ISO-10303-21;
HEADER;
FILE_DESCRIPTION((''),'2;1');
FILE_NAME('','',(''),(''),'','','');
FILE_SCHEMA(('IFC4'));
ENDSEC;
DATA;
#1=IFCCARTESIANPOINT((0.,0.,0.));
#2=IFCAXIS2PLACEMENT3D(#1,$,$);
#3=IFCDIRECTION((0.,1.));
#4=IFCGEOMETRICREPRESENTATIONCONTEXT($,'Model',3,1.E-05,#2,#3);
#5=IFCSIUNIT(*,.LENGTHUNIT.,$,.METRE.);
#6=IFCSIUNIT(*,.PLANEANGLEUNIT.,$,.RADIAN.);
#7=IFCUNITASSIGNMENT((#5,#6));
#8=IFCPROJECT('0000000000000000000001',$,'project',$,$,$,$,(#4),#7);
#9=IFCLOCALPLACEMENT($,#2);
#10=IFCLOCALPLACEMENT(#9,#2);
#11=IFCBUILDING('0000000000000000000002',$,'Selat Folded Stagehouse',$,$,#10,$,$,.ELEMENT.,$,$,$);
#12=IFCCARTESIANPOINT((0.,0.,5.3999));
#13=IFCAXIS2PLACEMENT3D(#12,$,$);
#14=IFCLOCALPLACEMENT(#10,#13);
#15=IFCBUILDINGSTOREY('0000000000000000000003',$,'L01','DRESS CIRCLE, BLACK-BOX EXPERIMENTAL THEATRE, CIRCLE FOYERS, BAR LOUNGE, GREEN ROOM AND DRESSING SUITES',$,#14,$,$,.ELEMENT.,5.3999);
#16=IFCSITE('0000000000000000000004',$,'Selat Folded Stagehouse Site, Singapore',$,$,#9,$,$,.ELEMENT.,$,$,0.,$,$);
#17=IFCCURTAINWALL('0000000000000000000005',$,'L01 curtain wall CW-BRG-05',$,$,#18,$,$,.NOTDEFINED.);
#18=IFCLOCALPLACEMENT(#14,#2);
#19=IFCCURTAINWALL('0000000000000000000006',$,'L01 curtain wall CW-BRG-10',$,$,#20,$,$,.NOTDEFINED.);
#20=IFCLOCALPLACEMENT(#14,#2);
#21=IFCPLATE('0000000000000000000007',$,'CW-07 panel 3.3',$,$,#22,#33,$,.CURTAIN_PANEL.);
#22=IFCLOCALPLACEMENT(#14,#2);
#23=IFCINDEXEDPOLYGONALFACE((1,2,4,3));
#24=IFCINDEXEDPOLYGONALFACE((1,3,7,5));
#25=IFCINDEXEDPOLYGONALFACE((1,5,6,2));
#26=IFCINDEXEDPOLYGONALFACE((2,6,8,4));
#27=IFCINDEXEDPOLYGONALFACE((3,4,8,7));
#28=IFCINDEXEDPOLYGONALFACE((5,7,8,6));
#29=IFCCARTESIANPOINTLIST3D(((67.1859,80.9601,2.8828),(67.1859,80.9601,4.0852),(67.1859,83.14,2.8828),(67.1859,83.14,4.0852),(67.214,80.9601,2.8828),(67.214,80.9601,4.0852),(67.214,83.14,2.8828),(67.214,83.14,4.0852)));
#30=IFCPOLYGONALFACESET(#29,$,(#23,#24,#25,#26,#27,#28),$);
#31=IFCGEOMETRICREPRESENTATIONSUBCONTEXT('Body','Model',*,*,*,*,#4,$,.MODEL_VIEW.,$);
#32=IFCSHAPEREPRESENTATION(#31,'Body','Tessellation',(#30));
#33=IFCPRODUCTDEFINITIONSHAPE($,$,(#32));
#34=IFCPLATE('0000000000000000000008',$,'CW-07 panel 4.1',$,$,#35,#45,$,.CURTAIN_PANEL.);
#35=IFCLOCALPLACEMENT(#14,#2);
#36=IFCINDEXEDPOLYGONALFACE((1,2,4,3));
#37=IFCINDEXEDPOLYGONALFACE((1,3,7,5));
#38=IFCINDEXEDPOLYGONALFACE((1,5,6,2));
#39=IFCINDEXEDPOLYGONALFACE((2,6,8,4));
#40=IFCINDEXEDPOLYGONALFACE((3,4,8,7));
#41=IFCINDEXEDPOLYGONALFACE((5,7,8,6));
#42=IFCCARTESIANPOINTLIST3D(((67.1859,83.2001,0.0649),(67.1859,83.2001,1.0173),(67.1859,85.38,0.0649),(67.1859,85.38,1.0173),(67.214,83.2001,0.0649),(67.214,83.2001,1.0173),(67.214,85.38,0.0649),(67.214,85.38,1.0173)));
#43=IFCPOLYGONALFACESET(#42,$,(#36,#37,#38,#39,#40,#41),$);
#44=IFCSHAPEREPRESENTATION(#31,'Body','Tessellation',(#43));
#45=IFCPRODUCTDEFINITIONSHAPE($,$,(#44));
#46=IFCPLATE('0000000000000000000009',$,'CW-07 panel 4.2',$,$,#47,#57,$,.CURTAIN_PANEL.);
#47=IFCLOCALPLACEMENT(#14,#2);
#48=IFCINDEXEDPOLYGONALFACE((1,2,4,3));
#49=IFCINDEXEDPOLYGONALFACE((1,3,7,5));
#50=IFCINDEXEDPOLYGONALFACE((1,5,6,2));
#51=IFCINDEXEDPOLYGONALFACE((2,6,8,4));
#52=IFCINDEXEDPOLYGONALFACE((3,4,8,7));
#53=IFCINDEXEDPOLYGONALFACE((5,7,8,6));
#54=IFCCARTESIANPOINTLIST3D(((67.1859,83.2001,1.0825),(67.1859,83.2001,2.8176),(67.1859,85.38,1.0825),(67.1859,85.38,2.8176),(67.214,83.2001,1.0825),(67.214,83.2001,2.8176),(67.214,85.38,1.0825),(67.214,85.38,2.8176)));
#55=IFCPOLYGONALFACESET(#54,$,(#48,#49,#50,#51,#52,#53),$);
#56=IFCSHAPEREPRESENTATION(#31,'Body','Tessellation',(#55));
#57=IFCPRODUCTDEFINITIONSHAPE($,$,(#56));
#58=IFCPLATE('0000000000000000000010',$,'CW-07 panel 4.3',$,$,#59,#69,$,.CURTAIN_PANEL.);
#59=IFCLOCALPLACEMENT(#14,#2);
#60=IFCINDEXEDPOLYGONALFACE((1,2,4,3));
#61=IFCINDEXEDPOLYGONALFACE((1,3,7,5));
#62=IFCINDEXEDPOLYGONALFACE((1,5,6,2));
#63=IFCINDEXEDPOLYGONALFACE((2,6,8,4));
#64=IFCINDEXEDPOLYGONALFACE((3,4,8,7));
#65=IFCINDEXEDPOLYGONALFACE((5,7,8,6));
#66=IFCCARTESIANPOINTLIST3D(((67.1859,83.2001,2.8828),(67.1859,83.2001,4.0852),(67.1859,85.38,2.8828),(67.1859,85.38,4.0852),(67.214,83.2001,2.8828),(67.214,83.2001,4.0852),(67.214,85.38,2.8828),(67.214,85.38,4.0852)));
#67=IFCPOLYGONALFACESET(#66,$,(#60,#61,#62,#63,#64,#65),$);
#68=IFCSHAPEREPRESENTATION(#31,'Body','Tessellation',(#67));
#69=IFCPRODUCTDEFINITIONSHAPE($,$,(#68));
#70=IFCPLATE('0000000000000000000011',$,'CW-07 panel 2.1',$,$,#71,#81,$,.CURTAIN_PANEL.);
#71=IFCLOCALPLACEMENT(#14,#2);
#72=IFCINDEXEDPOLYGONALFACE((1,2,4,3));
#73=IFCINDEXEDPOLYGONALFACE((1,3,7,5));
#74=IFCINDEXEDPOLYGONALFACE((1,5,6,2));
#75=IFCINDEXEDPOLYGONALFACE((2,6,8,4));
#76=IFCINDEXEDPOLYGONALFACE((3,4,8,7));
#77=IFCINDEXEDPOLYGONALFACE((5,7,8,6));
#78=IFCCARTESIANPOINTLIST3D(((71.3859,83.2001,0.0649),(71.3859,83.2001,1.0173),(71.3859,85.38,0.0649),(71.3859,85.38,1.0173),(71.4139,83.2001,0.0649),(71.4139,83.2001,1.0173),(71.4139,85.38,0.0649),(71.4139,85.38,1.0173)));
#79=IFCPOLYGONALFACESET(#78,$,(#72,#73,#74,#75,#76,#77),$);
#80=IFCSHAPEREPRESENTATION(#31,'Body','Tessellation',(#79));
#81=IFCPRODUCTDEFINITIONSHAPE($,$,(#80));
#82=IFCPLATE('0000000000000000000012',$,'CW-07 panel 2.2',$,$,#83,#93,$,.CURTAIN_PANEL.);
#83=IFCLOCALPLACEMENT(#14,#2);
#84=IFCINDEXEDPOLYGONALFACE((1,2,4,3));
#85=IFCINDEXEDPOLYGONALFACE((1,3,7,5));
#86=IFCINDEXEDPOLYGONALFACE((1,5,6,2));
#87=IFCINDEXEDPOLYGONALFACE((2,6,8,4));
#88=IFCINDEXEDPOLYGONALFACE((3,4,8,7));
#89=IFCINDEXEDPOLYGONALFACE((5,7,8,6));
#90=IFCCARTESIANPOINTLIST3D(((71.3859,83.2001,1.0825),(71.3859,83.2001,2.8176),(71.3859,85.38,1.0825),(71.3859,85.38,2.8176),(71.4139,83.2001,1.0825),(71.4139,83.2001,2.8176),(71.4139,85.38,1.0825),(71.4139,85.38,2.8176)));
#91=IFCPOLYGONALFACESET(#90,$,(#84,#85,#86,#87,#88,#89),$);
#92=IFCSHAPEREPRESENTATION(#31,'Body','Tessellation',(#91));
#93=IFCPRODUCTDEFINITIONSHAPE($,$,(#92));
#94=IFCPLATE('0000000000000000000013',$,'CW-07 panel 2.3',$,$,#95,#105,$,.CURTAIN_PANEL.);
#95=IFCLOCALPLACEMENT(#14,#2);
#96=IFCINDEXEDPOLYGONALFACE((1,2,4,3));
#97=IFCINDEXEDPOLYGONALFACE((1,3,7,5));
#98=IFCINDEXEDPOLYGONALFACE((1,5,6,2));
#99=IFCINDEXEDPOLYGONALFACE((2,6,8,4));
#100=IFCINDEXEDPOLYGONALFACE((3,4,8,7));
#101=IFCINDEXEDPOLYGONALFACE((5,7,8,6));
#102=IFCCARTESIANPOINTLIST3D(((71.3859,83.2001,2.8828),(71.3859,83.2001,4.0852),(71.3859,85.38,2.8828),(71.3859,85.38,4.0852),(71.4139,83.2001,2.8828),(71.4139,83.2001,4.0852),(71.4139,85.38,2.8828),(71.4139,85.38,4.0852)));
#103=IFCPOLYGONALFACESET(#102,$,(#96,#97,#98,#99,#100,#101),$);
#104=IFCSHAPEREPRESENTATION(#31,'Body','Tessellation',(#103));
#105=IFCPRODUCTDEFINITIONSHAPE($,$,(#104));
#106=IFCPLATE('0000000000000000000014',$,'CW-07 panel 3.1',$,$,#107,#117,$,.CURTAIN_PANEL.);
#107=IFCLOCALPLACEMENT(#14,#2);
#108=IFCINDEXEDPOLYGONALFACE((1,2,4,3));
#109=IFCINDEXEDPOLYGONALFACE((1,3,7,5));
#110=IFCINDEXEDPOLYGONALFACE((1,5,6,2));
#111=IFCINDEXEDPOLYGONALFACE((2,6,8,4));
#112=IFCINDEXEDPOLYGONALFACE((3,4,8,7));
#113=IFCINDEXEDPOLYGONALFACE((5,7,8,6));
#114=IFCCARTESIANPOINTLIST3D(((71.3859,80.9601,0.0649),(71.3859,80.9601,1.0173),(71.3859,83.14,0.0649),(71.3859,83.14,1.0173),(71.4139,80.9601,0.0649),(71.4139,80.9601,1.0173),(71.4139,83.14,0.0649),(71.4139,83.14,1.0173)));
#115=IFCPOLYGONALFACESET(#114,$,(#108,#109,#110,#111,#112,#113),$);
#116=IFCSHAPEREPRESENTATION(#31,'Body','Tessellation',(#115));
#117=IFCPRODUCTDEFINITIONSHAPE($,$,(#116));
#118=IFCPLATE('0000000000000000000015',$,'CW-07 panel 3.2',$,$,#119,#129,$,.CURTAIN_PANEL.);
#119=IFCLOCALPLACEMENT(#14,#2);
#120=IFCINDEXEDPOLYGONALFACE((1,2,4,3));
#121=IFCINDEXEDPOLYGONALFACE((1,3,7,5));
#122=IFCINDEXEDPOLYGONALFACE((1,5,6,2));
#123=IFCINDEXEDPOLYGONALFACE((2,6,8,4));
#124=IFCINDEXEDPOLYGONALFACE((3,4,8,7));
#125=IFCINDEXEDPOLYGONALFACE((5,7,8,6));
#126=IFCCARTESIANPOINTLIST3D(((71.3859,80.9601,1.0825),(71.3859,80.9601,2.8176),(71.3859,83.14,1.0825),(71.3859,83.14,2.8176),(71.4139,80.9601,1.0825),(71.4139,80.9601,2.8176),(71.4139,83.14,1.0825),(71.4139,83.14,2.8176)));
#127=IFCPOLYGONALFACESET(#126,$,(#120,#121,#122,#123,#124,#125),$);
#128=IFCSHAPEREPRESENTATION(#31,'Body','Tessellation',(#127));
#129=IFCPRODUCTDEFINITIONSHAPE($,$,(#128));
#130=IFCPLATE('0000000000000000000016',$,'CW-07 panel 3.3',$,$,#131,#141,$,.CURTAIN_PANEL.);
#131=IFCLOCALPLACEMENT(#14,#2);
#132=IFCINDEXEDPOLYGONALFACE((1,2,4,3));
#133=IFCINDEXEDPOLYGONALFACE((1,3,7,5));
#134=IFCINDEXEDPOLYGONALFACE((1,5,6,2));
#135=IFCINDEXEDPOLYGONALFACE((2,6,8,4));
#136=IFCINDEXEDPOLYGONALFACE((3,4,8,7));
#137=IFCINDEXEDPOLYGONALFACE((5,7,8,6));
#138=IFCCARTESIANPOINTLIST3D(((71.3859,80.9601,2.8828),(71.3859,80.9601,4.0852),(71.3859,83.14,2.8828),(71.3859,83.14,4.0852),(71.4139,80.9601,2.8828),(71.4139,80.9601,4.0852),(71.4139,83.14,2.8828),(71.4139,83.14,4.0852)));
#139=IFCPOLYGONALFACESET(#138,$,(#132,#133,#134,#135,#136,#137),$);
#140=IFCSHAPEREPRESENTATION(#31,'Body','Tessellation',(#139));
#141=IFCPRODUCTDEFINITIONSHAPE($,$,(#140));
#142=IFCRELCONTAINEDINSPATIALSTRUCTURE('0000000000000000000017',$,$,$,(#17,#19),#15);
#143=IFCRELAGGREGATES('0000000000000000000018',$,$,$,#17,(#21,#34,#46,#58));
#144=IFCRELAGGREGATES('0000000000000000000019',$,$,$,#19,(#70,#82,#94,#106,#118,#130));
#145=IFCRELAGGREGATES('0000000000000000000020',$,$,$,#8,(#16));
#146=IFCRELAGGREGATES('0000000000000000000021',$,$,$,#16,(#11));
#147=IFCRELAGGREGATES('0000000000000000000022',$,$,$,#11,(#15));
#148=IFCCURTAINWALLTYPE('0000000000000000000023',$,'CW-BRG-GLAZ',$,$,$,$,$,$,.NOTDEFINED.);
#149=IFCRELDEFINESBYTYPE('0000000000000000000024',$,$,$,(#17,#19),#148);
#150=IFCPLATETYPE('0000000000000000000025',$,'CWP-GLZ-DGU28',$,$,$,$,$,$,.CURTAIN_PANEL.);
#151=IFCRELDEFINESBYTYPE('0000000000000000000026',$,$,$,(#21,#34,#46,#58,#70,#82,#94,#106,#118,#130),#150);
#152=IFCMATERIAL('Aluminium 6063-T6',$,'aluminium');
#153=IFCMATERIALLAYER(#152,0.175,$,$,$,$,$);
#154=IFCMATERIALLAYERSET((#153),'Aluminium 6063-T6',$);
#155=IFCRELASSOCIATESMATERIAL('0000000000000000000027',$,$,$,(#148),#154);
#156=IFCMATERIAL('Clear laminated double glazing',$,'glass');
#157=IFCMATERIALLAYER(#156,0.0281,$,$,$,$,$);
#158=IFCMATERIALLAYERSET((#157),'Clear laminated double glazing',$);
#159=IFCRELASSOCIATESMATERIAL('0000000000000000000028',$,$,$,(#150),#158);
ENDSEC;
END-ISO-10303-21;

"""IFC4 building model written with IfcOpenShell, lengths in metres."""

from ifc_helpers import new_model, si_unit, direction, frame, origin, origin_2d, place, context, subcontext, project, spatial, rectangle, extrude, material, layer, layer_set, type_object, element, aggregate, save


model = new_model("IFC4")

# Units and contexts
model_context = context("Model", 3, precision=1e-05, world=origin(), true_north=direction((0.0, 1.0)))
body_context = subcontext(model_context, "Body", "Model", "MODEL_VIEW")
ifc_project = project(units=[si_unit("LENGTHUNIT", "METRE"), si_unit("PLANEANGLEUNIT", "RADIAN")], contexts=[model_context])

# Site, building, storey
site_placement = place(None, origin())
site = spatial("IfcSite", under=ifc_project, at=site_placement, Name="Selat Folded Stagehouse Site, Singapore", CompositionType="ELEMENT", RefElevation=0.0)
building_placement = place(site_placement, origin())
building = spatial("IfcBuilding", under=site, at=building_placement, Name="Selat Folded Stagehouse", CompositionType="ELEMENT")
storey_placement = place(building_placement, frame((0.0, 0.0, 5.3999)))
storey = spatial("IfcBuildingStorey", under=building, at=storey_placement, Name="L01", Description="DRESS CIRCLE, BLACK-BOX EXPERIMENTAL THEATRE, CIRCLE FOYERS, BAR LOUNGE, GREEN ROOM AND DRESSING SUITES", CompositionType="ELEMENT", Elevation=5.3999)

# Curtain walls
ifc_material_1 = material(Name="Aluminium 6063-T6", Category="aluminium")
ifc_layer_1 = layer(ifc_material_1, 0.175)
ifc_layer_set_1 = layer_set([ifc_layer_1], Name="Aluminium 6063-T6")
curtain_wall_type = type_object("IfcCurtainWallType", Name="CW-BRG-GLAZ", PredefinedType="NOTDEFINED", material=ifc_layer_set_1)
curtain_wall_1_placement = place(storey_placement, origin())
curtain_wall_1 = element("IfcCurtainWall", 1, at=curtain_wall_1_placement, inside=storey, type_object=curtain_wall_type, Name="L01 curtain wall CW-BRG-05", PredefinedType="NOTDEFINED")
curtain_wall_2_placement = place(storey_placement, origin())
curtain_wall_2 = element("IfcCurtainWall", 2, at=curtain_wall_2_placement, inside=storey, type_object=curtain_wall_type, Name="L01 curtain wall CW-BRG-10", PredefinedType="NOTDEFINED")

# Plates
ifc_material_2 = material(Name="Clear laminated double glazing", Category="glass")
ifc_layer_2 = layer(ifc_material_2, 0.0281)
ifc_layer_set_2 = layer_set([ifc_layer_2], Name="Clear laminated double glazing")
plate_type = type_object("IfcPlateType", Name="CWP-GLZ-DGU28", PredefinedType="CURTAIN_PANEL", material=ifc_layer_set_2)
plate_1_placement = place(storey_placement, frame((67.2, 82.05, 2.8828), z_axis=(0.0, 0.0, 1.0), x_axis=(0.0, 1.0, 0.0)))
plate_1 = element("IfcPlate", 3, at=plate_1_placement, type_object=plate_type, Name="CW-07 panel 3.3", PredefinedType="CURTAIN_PANEL", context=body_context, shape_type="SweptSolid", body=[
    extrude(rectangle(XDim=2.1799, YDim=0.0281, at=origin_2d()), origin(), (0.0, 0.0, 1.0), 1.2024),
])
plate_2_placement = place(storey_placement, frame((67.2, 84.29, 0.0649), z_axis=(0.0, 0.0, 1.0), x_axis=(0.0, 1.0, 0.0)))
plate_2 = element("IfcPlate", 4, at=plate_2_placement, type_object=plate_type, Name="CW-07 panel 4.1", PredefinedType="CURTAIN_PANEL", context=body_context, shape_type="SweptSolid", body=[
    extrude(rectangle(XDim=2.1799, YDim=0.0281, at=origin_2d()), origin(), (0.0, 0.0, 1.0), 0.9524),
])
plate_3_placement = place(storey_placement, frame((67.2, 84.29, 1.0825), z_axis=(0.0, 0.0, 1.0), x_axis=(0.0, 1.0, 0.0)))
plate_3 = element("IfcPlate", 5, at=plate_3_placement, type_object=plate_type, Name="CW-07 panel 4.2", PredefinedType="CURTAIN_PANEL", context=body_context, shape_type="SweptSolid", body=[
    extrude(rectangle(XDim=2.1799, YDim=0.0281, at=origin_2d()), origin(), (0.0, 0.0, 1.0), 1.7351),
])
plate_4_placement = place(storey_placement, frame((67.2, 84.29, 2.8828), z_axis=(0.0, 0.0, 1.0), x_axis=(0.0, 1.0, 0.0)))
plate_4 = element("IfcPlate", 6, at=plate_4_placement, type_object=plate_type, Name="CW-07 panel 4.3", PredefinedType="CURTAIN_PANEL", context=body_context, shape_type="SweptSolid", body=[
    extrude(rectangle(XDim=2.1799, YDim=0.0281, at=origin_2d()), origin(), (0.0, 0.0, 1.0), 1.2024),
])
aggregate(curtain_wall_1, [plate_1, plate_2, plate_3, plate_4])
plate_5_placement = place(storey_placement, frame((71.3999, 84.29, 0.0649), z_axis=(0.0, 0.0, 1.0), x_axis=(0.0, -1.0, 0.0)))
plate_5 = element("IfcPlate", 7, at=plate_5_placement, type_object=plate_type, Name="CW-07 panel 2.1", PredefinedType="CURTAIN_PANEL", context=body_context, shape_type="SweptSolid", body=[
    extrude(rectangle(XDim=2.1799, YDim=0.0281, at=origin_2d()), origin(), (0.0, 0.0, 1.0), 0.9524),
])
plate_6_placement = place(storey_placement, frame((71.3999, 84.29, 1.0825), z_axis=(0.0, 0.0, 1.0), x_axis=(0.0, -1.0, 0.0)))
plate_6 = element("IfcPlate", 8, at=plate_6_placement, type_object=plate_type, Name="CW-07 panel 2.2", PredefinedType="CURTAIN_PANEL", context=body_context, shape_type="SweptSolid", body=[
    extrude(rectangle(XDim=2.1799, YDim=0.0281, at=origin_2d()), origin(), (0.0, 0.0, 1.0), 1.7351),
])
plate_7_placement = place(storey_placement, frame((71.3999, 84.29, 2.8828), z_axis=(0.0, 0.0, 1.0), x_axis=(0.0, -1.0, 0.0)))
plate_7 = element("IfcPlate", 9, at=plate_7_placement, type_object=plate_type, Name="CW-07 panel 2.3", PredefinedType="CURTAIN_PANEL", context=body_context, shape_type="SweptSolid", body=[
    extrude(rectangle(XDim=2.1799, YDim=0.0281, at=origin_2d()), origin(), (0.0, 0.0, 1.0), 1.2024),
])
plate_8_placement = place(storey_placement, frame((71.3999, 82.05, 0.0649), z_axis=(0.0, 0.0, 1.0), x_axis=(0.0, -1.0, 0.0)))
plate_8 = element("IfcPlate", 10, at=plate_8_placement, type_object=plate_type, Name="CW-07 panel 3.1", PredefinedType="CURTAIN_PANEL", context=body_context, shape_type="SweptSolid", body=[
    extrude(rectangle(XDim=2.1799, YDim=0.0281, at=origin_2d()), origin(), (0.0, 0.0, 1.0), 0.9524),
])
plate_9_placement = place(storey_placement, frame((71.3999, 82.05, 1.0825), z_axis=(0.0, 0.0, 1.0), x_axis=(0.0, -1.0, 0.0)))
plate_9 = element("IfcPlate", 11, at=plate_9_placement, type_object=plate_type, Name="CW-07 panel 3.2", PredefinedType="CURTAIN_PANEL", context=body_context, shape_type="SweptSolid", body=[
    extrude(rectangle(XDim=2.1799, YDim=0.0281, at=origin_2d()), origin(), (0.0, 0.0, 1.0), 1.7351),
])
plate_10_placement = place(storey_placement, frame((71.3999, 82.05, 2.8828), z_axis=(0.0, 0.0, 1.0), x_axis=(0.0, -1.0, 0.0)))
plate_10 = element("IfcPlate", 12, at=plate_10_placement, type_object=plate_type, Name="CW-07 panel 3.3", PredefinedType="CURTAIN_PANEL", context=body_context, shape_type="SweptSolid", body=[
    extrude(rectangle(XDim=2.1799, YDim=0.0281, at=origin_2d()), origin(), (0.0, 0.0, 1.0), 1.2024),
])
aggregate(curtain_wall_2, [plate_5, plate_6, plate_7, plate_8, plate_9, plate_10])

save(model, "model.ifc")
